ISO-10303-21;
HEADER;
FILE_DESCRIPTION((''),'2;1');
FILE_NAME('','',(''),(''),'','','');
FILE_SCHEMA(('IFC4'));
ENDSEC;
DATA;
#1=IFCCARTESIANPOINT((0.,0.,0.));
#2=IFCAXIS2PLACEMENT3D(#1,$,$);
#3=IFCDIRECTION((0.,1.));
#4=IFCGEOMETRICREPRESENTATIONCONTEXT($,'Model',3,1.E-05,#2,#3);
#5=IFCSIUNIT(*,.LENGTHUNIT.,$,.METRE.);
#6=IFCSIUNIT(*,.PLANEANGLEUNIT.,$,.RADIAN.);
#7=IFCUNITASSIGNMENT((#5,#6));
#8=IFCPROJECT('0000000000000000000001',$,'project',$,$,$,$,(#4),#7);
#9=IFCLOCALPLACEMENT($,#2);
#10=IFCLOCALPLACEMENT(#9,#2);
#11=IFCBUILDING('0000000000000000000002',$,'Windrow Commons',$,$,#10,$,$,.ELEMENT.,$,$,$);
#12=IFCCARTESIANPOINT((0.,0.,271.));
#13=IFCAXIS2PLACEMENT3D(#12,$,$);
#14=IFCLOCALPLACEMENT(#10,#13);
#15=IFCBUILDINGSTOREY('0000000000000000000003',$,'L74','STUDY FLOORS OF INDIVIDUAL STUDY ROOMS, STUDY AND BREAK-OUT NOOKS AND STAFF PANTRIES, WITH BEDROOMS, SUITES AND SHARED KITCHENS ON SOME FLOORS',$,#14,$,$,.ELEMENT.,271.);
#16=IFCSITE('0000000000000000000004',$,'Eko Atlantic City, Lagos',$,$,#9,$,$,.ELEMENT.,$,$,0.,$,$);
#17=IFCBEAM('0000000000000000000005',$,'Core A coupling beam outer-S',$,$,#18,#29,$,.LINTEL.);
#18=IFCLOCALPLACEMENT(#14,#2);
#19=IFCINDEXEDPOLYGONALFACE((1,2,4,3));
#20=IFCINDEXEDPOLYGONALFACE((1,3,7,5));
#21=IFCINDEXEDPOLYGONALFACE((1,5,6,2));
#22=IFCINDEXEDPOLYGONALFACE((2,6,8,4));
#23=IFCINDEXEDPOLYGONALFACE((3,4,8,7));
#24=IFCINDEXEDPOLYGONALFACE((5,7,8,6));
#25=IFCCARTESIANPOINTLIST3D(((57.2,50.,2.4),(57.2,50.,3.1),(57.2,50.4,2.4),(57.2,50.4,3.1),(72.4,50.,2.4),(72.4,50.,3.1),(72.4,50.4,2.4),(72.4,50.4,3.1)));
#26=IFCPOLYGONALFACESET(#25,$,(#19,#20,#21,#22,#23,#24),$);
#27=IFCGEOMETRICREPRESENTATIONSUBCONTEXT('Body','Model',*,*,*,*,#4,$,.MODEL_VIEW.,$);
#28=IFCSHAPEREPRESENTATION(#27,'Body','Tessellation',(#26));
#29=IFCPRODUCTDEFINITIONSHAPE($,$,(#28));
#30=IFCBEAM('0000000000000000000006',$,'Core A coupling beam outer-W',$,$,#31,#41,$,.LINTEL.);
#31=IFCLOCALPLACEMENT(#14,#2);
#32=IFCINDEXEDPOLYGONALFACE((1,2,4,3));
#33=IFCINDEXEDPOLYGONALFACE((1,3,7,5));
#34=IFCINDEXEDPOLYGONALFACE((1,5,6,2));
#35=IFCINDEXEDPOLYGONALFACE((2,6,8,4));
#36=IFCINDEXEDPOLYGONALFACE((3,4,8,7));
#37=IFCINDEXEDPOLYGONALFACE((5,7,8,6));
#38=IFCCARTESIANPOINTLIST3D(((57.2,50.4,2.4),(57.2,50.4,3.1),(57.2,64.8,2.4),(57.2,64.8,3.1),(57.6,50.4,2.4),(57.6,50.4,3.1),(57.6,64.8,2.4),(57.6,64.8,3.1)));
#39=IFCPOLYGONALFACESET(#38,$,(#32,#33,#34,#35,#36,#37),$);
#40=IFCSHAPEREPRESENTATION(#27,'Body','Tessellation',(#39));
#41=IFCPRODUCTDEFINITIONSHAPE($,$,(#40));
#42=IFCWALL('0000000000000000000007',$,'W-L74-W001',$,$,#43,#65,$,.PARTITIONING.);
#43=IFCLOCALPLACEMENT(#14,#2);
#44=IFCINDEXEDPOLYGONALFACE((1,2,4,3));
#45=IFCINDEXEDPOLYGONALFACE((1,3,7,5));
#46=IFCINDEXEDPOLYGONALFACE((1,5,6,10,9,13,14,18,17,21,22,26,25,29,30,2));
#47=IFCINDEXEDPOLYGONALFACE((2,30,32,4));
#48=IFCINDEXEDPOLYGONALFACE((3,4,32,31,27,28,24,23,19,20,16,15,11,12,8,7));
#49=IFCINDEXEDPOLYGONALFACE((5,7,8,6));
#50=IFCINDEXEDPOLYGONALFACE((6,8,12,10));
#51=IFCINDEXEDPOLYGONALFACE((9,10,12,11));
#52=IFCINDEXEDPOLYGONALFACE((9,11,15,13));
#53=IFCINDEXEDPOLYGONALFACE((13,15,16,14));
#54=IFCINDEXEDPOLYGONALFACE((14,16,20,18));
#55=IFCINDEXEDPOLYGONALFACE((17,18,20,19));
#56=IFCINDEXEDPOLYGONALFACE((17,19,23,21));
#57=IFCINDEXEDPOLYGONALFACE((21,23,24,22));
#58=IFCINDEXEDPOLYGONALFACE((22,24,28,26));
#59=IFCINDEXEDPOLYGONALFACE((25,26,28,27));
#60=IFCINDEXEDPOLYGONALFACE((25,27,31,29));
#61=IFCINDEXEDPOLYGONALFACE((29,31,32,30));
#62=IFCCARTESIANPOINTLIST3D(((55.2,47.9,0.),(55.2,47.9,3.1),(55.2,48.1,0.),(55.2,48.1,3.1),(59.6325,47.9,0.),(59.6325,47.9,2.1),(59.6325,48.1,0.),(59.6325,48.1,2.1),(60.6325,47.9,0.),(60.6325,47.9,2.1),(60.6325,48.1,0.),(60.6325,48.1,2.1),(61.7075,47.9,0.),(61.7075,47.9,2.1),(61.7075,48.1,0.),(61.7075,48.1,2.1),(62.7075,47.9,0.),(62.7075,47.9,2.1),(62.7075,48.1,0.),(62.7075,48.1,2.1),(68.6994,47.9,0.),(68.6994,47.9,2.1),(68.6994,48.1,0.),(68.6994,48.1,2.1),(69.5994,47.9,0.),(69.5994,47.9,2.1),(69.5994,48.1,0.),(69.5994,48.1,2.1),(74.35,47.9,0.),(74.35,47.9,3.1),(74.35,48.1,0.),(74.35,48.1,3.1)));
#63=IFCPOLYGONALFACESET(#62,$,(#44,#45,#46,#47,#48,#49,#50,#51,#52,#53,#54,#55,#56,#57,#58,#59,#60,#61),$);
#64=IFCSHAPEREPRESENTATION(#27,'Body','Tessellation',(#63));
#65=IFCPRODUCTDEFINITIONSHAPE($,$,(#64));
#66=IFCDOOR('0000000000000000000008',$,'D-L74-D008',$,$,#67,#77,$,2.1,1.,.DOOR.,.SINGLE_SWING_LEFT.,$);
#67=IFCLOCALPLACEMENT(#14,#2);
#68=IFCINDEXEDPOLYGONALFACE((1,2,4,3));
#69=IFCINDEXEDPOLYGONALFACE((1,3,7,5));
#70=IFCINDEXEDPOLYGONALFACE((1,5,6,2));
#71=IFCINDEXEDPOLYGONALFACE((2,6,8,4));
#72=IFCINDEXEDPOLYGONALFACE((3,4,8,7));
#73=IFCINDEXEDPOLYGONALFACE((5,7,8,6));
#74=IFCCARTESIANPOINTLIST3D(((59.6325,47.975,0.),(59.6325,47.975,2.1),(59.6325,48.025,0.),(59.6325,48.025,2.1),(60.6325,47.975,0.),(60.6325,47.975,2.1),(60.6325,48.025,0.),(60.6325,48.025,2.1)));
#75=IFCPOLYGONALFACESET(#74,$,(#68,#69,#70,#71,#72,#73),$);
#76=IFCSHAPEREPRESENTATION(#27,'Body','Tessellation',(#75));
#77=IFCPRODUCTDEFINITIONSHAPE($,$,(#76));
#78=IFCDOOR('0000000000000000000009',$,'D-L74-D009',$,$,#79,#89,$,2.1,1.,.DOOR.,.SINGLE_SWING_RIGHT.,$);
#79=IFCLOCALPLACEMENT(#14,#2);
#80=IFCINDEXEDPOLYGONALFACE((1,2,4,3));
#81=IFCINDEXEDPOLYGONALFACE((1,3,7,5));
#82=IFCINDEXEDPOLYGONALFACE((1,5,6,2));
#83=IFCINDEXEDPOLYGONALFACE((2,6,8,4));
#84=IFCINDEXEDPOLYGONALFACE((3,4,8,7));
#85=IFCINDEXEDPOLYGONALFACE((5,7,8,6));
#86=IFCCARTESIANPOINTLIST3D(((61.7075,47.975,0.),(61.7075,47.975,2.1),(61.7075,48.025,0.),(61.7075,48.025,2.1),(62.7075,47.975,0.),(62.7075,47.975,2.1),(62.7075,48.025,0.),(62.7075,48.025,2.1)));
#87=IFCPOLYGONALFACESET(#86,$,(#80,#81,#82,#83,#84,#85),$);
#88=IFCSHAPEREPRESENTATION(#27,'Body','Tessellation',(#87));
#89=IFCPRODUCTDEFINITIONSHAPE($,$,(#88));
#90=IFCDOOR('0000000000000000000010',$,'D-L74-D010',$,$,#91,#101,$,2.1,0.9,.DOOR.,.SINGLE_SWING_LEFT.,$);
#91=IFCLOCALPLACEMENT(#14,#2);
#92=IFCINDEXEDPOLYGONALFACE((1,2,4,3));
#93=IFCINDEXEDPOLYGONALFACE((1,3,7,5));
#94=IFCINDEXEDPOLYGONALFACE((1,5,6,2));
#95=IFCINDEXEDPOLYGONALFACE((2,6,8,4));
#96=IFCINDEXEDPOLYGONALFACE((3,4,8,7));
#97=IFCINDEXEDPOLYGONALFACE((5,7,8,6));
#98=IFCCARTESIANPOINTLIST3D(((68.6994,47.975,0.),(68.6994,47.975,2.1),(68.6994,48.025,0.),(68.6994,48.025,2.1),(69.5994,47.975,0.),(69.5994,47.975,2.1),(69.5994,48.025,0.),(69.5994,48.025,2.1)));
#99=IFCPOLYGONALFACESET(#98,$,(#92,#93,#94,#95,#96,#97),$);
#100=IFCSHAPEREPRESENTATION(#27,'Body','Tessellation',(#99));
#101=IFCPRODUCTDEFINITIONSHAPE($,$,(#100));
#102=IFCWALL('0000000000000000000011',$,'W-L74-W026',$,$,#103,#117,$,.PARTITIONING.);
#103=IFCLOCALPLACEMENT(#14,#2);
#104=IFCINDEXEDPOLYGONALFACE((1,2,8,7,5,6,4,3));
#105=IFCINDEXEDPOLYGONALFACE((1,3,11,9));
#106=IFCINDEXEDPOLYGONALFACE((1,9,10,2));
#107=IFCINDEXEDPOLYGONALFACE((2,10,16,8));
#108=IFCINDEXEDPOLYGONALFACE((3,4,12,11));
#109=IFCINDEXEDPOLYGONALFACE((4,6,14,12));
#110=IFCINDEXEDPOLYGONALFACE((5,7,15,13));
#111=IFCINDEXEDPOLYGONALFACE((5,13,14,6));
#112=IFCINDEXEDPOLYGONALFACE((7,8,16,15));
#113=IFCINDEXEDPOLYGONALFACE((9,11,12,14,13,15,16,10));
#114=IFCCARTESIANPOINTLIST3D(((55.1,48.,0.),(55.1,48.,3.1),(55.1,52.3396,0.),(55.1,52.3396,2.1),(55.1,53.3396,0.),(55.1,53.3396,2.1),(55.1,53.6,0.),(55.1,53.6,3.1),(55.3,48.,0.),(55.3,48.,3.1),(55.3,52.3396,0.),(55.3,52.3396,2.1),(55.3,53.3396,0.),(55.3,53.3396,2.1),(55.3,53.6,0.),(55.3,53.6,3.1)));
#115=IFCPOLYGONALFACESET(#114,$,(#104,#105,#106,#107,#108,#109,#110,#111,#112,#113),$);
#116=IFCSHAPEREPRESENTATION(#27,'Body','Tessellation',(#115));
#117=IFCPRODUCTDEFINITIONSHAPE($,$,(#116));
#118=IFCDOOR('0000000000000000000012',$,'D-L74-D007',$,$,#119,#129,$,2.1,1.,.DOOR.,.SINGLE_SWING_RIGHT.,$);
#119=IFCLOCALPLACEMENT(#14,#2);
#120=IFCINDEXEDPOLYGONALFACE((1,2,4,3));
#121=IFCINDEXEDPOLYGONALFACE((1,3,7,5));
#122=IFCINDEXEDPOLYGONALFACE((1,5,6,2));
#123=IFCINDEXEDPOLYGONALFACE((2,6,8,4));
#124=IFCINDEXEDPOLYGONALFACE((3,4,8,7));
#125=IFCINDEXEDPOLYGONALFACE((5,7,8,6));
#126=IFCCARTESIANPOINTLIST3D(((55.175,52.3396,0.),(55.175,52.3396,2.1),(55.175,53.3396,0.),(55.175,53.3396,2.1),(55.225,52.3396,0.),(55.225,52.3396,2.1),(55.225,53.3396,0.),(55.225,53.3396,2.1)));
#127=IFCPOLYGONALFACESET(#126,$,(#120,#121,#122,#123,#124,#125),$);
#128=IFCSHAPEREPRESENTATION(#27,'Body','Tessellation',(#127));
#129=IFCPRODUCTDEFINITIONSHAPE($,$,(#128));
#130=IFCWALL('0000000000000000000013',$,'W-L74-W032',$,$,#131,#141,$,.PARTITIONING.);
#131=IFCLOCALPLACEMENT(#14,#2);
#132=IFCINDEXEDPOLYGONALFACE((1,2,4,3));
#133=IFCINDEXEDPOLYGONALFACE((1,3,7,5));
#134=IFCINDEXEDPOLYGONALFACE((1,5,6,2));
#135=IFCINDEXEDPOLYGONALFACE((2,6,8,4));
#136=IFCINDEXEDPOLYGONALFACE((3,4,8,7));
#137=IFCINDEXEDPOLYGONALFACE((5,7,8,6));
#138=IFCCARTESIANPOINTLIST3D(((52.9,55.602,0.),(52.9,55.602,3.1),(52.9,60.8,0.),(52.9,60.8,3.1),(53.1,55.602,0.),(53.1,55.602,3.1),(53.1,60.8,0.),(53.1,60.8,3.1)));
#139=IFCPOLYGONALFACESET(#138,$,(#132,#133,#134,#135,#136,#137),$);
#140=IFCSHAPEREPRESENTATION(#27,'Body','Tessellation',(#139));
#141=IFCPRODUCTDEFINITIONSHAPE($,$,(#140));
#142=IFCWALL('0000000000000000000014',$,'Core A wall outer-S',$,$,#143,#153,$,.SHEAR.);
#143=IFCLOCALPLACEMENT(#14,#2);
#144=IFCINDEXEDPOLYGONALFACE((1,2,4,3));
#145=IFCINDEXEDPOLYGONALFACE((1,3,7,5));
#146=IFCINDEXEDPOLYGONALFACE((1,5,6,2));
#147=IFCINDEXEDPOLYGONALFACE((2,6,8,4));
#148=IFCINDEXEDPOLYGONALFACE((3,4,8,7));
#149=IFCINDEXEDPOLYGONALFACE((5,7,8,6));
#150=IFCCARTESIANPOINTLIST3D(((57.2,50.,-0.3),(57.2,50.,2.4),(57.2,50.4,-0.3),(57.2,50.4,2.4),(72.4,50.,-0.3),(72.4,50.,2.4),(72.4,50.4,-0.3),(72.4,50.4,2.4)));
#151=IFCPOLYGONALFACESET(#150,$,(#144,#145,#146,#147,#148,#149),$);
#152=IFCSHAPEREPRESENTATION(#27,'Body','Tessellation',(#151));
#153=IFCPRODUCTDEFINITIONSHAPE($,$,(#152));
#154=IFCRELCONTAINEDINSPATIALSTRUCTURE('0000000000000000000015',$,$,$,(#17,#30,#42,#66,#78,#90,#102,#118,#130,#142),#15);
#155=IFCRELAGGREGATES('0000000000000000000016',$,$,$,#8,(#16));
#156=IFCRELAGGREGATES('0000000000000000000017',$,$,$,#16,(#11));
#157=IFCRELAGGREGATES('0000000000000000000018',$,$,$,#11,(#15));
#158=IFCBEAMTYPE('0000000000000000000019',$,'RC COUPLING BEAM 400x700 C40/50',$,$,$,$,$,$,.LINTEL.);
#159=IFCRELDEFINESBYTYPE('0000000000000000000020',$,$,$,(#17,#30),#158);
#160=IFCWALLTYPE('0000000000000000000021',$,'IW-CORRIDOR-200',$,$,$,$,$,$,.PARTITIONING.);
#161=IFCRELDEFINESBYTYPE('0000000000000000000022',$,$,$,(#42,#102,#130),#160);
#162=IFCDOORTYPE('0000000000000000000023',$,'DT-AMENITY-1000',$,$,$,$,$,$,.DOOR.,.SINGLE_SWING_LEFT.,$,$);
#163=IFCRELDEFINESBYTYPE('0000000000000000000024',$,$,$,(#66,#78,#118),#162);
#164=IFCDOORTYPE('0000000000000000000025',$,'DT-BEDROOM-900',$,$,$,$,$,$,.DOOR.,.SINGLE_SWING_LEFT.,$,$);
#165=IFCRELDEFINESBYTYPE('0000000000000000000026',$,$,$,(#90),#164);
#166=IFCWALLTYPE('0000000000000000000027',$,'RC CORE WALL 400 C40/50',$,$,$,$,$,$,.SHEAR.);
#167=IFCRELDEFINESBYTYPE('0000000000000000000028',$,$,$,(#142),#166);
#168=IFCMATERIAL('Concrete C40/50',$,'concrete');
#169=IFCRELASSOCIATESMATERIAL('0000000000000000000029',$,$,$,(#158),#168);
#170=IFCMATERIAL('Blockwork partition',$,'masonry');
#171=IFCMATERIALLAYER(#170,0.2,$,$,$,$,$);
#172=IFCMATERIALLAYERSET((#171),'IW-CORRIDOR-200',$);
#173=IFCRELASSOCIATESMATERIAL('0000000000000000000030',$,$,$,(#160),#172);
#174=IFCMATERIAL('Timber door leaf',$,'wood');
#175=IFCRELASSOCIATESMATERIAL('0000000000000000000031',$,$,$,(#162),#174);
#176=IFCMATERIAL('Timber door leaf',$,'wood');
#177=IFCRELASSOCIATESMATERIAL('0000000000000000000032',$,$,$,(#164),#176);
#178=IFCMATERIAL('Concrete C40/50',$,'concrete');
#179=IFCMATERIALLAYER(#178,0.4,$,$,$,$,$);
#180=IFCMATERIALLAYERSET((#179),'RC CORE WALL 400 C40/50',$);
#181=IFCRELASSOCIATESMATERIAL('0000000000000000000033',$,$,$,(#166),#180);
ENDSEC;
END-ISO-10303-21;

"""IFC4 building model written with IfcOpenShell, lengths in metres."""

from ifc_helpers import new_model, si_unit, direction, frame, frame_2d, origin, origin_2d, place, context, subcontext, project, spatial, rectangle, extrude, material, layer, layer_set, material_profile, profile_set, type_object, element, fill, save


model = new_model("IFC4")

# Units and contexts
model_context = context("Model", 3, precision=1e-05, world=origin(), true_north=direction((0.0, 1.0)))
body_context = subcontext(model_context, "Body", "Model", "MODEL_VIEW")
ifc_project = project(units=[si_unit("LENGTHUNIT", "METRE"), si_unit("PLANEANGLEUNIT", "RADIAN")], contexts=[model_context])

# Site, building, storey
site_placement = place(None, origin())
site = spatial("IfcSite", under=ifc_project, at=site_placement, Name="Eko Atlantic City, Lagos", CompositionType="ELEMENT", RefElevation=0.0)
building_placement = place(site_placement, origin())
building = spatial("IfcBuilding", under=site, at=building_placement, Name="Windrow Commons", CompositionType="ELEMENT")
storey_placement = place(building_placement, frame((0.0, 0.0, 271.0)))
storey = spatial("IfcBuildingStorey", under=building, at=storey_placement, Name="L74", Description="STUDY FLOORS OF INDIVIDUAL STUDY ROOMS, STUDY AND BREAK-OUT NOOKS AND STAFF PANTRIES, WITH BEDROOMS, SUITES AND SHARED KITCHENS ON SOME FLOORS", CompositionType="ELEMENT", Elevation=271.0)

# Beams
ifc_material_1 = material(Name="Concrete C40/50", Category="concrete")
ifc_material_profile = material_profile(ifc_material_1, rectangle(XDim=0.4, YDim=0.7, at=origin_2d()))
ifc_profile_set = profile_set([ifc_material_profile], Name="Concrete C40/50")
beam_type = type_object("IfcBeamType", Name="RC COUPLING BEAM 400x700 C40/50", PredefinedType="LINTEL", material=ifc_profile_set)
beam_1_placement = place(storey_placement, frame((57.2, 50.2, 2.75), z_axis=(1.0, 0.0, 0.0), x_axis=(0.0, 1.0, 0.0)))
element("IfcBeam", 1, at=beam_1_placement, inside=storey, type_object=beam_type, Name="Core A coupling beam outer-S", PredefinedType="LINTEL", context=body_context, shape_type="SweptSolid", body=[
    extrude(rectangle(XDim=0.4, YDim=0.7, at=origin_2d()), origin(), (0.0, 0.0, 1.0), 15.2),
])
beam_2_placement = place(storey_placement, frame((57.4, 50.4, 2.75), z_axis=(0.0, 1.0, 0.0), x_axis=(-1.0, 0.0, 0.0)))
element("IfcBeam", 2, at=beam_2_placement, inside=storey, type_object=beam_type, Name="Core A coupling beam outer-W", PredefinedType="LINTEL", context=body_context, shape_type="SweptSolid", body=[
    extrude(rectangle(XDim=0.4, YDim=0.7, at=origin_2d()), origin(), (0.0, 0.0, 1.0), 14.4),
])

# Wall, openings, doors
ifc_material_2 = material(Name="Blockwork partition", Category="masonry")
ifc_layer_1 = layer(ifc_material_2, 0.2)
ifc_layer_set_1 = layer_set([ifc_layer_1], Name="IW-CORRIDOR-200")
wall_type_1 = type_object("IfcWallType", Name="IW-CORRIDOR-200", PredefinedType="PARTITIONING", material=ifc_layer_set_1)
wall_1_placement = place(storey_placement, frame((55.2, 48.0, 0.0), z_axis=(0.0, 0.0, 1.0), x_axis=(1.0, 0.0, 0.0)))
wall_1 = element("IfcWall", 3, at=wall_1_placement, inside=storey, type_object=wall_type_1, Name="W-L74-W001", PredefinedType="PARTITIONING", context=body_context, shape_type="SweptSolid", body=[
    extrude(rectangle(XDim=19.15, YDim=0.2, at=frame_2d((9.575, 0.0))), origin(), (0.0, 0.0, 1.0), 3.1),
])
opening_1_placement = place(wall_1_placement, frame((4.4325, 0.0, 0.0)))
opening_1 = element("IfcOpeningElement", 4, at=opening_1_placement, cuts=wall_1, PredefinedType="OPENING", context=body_context, shape_type="SweptSolid", body=[
    extrude(rectangle(XDim=1.0, YDim=2.1, at=frame_2d((0.5, 1.05))), frame((0.0, 0.11, 0.0), z_axis=(0.0, -1.0, 0.0), x_axis=(1.0, 0.0, 0.0)), (0.0, 0.0, 1.0), 0.22),
])
opening_2_placement = place(wall_1_placement, frame((6.5075, 0.0, 0.0)))
opening_2 = element("IfcOpeningElement", 5, at=opening_2_placement, cuts=wall_1, PredefinedType="OPENING", context=body_context, shape_type="SweptSolid", body=[
    extrude(rectangle(XDim=1.0, YDim=2.1, at=frame_2d((0.5, 1.05))), frame((0.0, 0.11, 0.0), z_axis=(0.0, -1.0, 0.0), x_axis=(1.0, 0.0, 0.0)), (0.0, 0.0, 1.0), 0.22),
])
opening_3_placement = place(wall_1_placement, frame((13.4994, 0.0, 0.0)))
opening_3 = element("IfcOpeningElement", 6, at=opening_3_placement, cuts=wall_1, PredefinedType="OPENING", context=body_context, shape_type="SweptSolid", body=[
    extrude(rectangle(XDim=0.9, YDim=2.1, at=frame_2d((0.45, 1.05))), frame((0.0, 0.11, 0.0), z_axis=(0.0, -1.0, 0.0), x_axis=(1.0, 0.0, 0.0)), (0.0, 0.0, 1.0), 0.22),
])
ifc_material_3 = material(Name="Timber door leaf", Category="wood")
door_type_1 = type_object("IfcDoorType", Name="DT-AMENITY-1000", OperationType="SINGLE_SWING_LEFT", PredefinedType="DOOR", material=ifc_material_3)
door_1_placement = place(opening_1_placement, origin())
door_1 = element("IfcDoor", 7, at=door_1_placement, inside=storey, type_object=door_type_1, Name="D-L74-D008", OperationType="SINGLE_SWING_LEFT", OverallHeight=2.1, OverallWidth=1.0, PredefinedType="DOOR", context=body_context, shape_type="SweptSolid", body=[
    extrude(rectangle(XDim=1.0, YDim=2.1, at=frame_2d((0.5, 1.05))), frame((0.0, 0.025, 0.0), z_axis=(0.0, -1.0, 0.0), x_axis=(1.0, 0.0, 0.0)), (0.0, 0.0, 1.0), 0.05),
])
fill(opening_1, door_1)
door_2_placement = place(opening_2_placement, origin())
door_2 = element("IfcDoor", 8, at=door_2_placement, inside=storey, type_object=door_type_1, Name="D-L74-D009", OperationType="SINGLE_SWING_RIGHT", OverallHeight=2.1, OverallWidth=1.0, PredefinedType="DOOR", context=body_context, shape_type="SweptSolid", body=[
    extrude(rectangle(XDim=1.0, YDim=2.1, at=frame_2d((0.5, 1.05))), frame((0.0, 0.025, 0.0), z_axis=(0.0, -1.0, 0.0), x_axis=(1.0, 0.0, 0.0)), (0.0, 0.0, 1.0), 0.05),
])
fill(opening_2, door_2)
ifc_material_4 = material(Name="Timber door leaf", Category="wood")
door_type_2 = type_object("IfcDoorType", Name="DT-BEDROOM-900", OperationType="SINGLE_SWING_LEFT", PredefinedType="DOOR", material=ifc_material_4)
door_3_placement = place(opening_3_placement, origin())
door_3 = element("IfcDoor", 9, at=door_3_placement, inside=storey, type_object=door_type_2, Name="D-L74-D010", OperationType="SINGLE_SWING_LEFT", OverallHeight=2.1, OverallWidth=0.9, PredefinedType="DOOR", context=body_context, shape_type="SweptSolid", body=[
    extrude(rectangle(XDim=0.9, YDim=2.1, at=frame_2d((0.45, 1.05))), frame((0.0, 0.025, 0.0), z_axis=(0.0, -1.0, 0.0), x_axis=(1.0, 0.0, 0.0)), (0.0, 0.0, 1.0), 0.05),
])
fill(opening_3, door_3)

# Wall, opening, door
wall_2_placement = place(storey_placement, frame((55.2, 48.0, 0.0), z_axis=(0.0, 0.0, 1.0), x_axis=(0.0, 1.0, 0.0)))
wall_2 = element("IfcWall", 10, at=wall_2_placement, inside=storey, type_object=wall_type_1, Name="W-L74-W026", PredefinedType="PARTITIONING", context=body_context, shape_type="SweptSolid", body=[
    extrude(rectangle(XDim=5.6, YDim=0.2, at=frame_2d((2.8, 0.0))), origin(), (0.0, 0.0, 1.0), 3.1),
])
opening_4_placement = place(wall_2_placement, frame((4.3396, 0.0, 0.0)))
opening_4 = element("IfcOpeningElement", 11, at=opening_4_placement, cuts=wall_2, PredefinedType="OPENING", context=body_context, shape_type="SweptSolid", body=[
    extrude(rectangle(XDim=1.0, YDim=2.1, at=frame_2d((0.5, 1.05))), frame((0.0, 0.11, 0.0), z_axis=(0.0, -1.0, 0.0), x_axis=(1.0, 0.0, 0.0)), (0.0, 0.0, 1.0), 0.22),
])
door_4_placement = place(opening_4_placement, origin())
door_4 = element("IfcDoor", 12, at=door_4_placement, inside=storey, type_object=door_type_1, Name="D-L74-D007", OperationType="SINGLE_SWING_RIGHT", OverallHeight=2.1, OverallWidth=1.0, PredefinedType="DOOR", context=body_context, shape_type="SweptSolid", body=[
    extrude(rectangle(XDim=1.0, YDim=2.1, at=frame_2d((0.5, 1.05))), frame((0.0, 0.025, 0.0), z_axis=(0.0, -1.0, 0.0), x_axis=(1.0, 0.0, 0.0)), (0.0, 0.0, 1.0), 0.05),
])
fill(opening_4, door_4)

# Walls
wall_3_placement = place(storey_placement, frame((53.0, 55.602, 0.0), z_axis=(0.0, 0.0, 1.0), x_axis=(0.0, 1.0, 0.0)))
element("IfcWall", 13, at=wall_3_placement, inside=storey, type_object=wall_type_1, Name="W-L74-W032", PredefinedType="PARTITIONING", context=body_context, shape_type="SweptSolid", body=[
    extrude(rectangle(XDim=5.198, YDim=0.2, at=frame_2d((2.599, 0.0))), origin(), (0.0, 0.0, 1.0), 3.1),
])
ifc_material_5 = material(Name="Concrete C40/50", Category="concrete")
ifc_layer_2 = layer(ifc_material_5, 0.4)
ifc_layer_set_2 = layer_set([ifc_layer_2], Name="RC CORE WALL 400 C40/50")
wall_type_2 = type_object("IfcWallType", Name="RC CORE WALL 400 C40/50", PredefinedType="SHEAR", material=ifc_layer_set_2)
wall_4_placement = place(storey_placement, frame((57.2, 50.2, -0.3), z_axis=(0.0, 0.0, 1.0), x_axis=(1.0, 0.0, 0.0)))
element("IfcWall", 14, at=wall_4_placement, inside=storey, type_object=wall_type_2, Name="Core A wall outer-S", PredefinedType="SHEAR", context=body_context, shape_type="SweptSolid", body=[
    extrude(rectangle(XDim=15.2, YDim=0.4, at=frame_2d((7.6, 0.0))), origin(), (0.0, 0.0, 1.0), 2.7),
])

save(model, "model.ifc")
